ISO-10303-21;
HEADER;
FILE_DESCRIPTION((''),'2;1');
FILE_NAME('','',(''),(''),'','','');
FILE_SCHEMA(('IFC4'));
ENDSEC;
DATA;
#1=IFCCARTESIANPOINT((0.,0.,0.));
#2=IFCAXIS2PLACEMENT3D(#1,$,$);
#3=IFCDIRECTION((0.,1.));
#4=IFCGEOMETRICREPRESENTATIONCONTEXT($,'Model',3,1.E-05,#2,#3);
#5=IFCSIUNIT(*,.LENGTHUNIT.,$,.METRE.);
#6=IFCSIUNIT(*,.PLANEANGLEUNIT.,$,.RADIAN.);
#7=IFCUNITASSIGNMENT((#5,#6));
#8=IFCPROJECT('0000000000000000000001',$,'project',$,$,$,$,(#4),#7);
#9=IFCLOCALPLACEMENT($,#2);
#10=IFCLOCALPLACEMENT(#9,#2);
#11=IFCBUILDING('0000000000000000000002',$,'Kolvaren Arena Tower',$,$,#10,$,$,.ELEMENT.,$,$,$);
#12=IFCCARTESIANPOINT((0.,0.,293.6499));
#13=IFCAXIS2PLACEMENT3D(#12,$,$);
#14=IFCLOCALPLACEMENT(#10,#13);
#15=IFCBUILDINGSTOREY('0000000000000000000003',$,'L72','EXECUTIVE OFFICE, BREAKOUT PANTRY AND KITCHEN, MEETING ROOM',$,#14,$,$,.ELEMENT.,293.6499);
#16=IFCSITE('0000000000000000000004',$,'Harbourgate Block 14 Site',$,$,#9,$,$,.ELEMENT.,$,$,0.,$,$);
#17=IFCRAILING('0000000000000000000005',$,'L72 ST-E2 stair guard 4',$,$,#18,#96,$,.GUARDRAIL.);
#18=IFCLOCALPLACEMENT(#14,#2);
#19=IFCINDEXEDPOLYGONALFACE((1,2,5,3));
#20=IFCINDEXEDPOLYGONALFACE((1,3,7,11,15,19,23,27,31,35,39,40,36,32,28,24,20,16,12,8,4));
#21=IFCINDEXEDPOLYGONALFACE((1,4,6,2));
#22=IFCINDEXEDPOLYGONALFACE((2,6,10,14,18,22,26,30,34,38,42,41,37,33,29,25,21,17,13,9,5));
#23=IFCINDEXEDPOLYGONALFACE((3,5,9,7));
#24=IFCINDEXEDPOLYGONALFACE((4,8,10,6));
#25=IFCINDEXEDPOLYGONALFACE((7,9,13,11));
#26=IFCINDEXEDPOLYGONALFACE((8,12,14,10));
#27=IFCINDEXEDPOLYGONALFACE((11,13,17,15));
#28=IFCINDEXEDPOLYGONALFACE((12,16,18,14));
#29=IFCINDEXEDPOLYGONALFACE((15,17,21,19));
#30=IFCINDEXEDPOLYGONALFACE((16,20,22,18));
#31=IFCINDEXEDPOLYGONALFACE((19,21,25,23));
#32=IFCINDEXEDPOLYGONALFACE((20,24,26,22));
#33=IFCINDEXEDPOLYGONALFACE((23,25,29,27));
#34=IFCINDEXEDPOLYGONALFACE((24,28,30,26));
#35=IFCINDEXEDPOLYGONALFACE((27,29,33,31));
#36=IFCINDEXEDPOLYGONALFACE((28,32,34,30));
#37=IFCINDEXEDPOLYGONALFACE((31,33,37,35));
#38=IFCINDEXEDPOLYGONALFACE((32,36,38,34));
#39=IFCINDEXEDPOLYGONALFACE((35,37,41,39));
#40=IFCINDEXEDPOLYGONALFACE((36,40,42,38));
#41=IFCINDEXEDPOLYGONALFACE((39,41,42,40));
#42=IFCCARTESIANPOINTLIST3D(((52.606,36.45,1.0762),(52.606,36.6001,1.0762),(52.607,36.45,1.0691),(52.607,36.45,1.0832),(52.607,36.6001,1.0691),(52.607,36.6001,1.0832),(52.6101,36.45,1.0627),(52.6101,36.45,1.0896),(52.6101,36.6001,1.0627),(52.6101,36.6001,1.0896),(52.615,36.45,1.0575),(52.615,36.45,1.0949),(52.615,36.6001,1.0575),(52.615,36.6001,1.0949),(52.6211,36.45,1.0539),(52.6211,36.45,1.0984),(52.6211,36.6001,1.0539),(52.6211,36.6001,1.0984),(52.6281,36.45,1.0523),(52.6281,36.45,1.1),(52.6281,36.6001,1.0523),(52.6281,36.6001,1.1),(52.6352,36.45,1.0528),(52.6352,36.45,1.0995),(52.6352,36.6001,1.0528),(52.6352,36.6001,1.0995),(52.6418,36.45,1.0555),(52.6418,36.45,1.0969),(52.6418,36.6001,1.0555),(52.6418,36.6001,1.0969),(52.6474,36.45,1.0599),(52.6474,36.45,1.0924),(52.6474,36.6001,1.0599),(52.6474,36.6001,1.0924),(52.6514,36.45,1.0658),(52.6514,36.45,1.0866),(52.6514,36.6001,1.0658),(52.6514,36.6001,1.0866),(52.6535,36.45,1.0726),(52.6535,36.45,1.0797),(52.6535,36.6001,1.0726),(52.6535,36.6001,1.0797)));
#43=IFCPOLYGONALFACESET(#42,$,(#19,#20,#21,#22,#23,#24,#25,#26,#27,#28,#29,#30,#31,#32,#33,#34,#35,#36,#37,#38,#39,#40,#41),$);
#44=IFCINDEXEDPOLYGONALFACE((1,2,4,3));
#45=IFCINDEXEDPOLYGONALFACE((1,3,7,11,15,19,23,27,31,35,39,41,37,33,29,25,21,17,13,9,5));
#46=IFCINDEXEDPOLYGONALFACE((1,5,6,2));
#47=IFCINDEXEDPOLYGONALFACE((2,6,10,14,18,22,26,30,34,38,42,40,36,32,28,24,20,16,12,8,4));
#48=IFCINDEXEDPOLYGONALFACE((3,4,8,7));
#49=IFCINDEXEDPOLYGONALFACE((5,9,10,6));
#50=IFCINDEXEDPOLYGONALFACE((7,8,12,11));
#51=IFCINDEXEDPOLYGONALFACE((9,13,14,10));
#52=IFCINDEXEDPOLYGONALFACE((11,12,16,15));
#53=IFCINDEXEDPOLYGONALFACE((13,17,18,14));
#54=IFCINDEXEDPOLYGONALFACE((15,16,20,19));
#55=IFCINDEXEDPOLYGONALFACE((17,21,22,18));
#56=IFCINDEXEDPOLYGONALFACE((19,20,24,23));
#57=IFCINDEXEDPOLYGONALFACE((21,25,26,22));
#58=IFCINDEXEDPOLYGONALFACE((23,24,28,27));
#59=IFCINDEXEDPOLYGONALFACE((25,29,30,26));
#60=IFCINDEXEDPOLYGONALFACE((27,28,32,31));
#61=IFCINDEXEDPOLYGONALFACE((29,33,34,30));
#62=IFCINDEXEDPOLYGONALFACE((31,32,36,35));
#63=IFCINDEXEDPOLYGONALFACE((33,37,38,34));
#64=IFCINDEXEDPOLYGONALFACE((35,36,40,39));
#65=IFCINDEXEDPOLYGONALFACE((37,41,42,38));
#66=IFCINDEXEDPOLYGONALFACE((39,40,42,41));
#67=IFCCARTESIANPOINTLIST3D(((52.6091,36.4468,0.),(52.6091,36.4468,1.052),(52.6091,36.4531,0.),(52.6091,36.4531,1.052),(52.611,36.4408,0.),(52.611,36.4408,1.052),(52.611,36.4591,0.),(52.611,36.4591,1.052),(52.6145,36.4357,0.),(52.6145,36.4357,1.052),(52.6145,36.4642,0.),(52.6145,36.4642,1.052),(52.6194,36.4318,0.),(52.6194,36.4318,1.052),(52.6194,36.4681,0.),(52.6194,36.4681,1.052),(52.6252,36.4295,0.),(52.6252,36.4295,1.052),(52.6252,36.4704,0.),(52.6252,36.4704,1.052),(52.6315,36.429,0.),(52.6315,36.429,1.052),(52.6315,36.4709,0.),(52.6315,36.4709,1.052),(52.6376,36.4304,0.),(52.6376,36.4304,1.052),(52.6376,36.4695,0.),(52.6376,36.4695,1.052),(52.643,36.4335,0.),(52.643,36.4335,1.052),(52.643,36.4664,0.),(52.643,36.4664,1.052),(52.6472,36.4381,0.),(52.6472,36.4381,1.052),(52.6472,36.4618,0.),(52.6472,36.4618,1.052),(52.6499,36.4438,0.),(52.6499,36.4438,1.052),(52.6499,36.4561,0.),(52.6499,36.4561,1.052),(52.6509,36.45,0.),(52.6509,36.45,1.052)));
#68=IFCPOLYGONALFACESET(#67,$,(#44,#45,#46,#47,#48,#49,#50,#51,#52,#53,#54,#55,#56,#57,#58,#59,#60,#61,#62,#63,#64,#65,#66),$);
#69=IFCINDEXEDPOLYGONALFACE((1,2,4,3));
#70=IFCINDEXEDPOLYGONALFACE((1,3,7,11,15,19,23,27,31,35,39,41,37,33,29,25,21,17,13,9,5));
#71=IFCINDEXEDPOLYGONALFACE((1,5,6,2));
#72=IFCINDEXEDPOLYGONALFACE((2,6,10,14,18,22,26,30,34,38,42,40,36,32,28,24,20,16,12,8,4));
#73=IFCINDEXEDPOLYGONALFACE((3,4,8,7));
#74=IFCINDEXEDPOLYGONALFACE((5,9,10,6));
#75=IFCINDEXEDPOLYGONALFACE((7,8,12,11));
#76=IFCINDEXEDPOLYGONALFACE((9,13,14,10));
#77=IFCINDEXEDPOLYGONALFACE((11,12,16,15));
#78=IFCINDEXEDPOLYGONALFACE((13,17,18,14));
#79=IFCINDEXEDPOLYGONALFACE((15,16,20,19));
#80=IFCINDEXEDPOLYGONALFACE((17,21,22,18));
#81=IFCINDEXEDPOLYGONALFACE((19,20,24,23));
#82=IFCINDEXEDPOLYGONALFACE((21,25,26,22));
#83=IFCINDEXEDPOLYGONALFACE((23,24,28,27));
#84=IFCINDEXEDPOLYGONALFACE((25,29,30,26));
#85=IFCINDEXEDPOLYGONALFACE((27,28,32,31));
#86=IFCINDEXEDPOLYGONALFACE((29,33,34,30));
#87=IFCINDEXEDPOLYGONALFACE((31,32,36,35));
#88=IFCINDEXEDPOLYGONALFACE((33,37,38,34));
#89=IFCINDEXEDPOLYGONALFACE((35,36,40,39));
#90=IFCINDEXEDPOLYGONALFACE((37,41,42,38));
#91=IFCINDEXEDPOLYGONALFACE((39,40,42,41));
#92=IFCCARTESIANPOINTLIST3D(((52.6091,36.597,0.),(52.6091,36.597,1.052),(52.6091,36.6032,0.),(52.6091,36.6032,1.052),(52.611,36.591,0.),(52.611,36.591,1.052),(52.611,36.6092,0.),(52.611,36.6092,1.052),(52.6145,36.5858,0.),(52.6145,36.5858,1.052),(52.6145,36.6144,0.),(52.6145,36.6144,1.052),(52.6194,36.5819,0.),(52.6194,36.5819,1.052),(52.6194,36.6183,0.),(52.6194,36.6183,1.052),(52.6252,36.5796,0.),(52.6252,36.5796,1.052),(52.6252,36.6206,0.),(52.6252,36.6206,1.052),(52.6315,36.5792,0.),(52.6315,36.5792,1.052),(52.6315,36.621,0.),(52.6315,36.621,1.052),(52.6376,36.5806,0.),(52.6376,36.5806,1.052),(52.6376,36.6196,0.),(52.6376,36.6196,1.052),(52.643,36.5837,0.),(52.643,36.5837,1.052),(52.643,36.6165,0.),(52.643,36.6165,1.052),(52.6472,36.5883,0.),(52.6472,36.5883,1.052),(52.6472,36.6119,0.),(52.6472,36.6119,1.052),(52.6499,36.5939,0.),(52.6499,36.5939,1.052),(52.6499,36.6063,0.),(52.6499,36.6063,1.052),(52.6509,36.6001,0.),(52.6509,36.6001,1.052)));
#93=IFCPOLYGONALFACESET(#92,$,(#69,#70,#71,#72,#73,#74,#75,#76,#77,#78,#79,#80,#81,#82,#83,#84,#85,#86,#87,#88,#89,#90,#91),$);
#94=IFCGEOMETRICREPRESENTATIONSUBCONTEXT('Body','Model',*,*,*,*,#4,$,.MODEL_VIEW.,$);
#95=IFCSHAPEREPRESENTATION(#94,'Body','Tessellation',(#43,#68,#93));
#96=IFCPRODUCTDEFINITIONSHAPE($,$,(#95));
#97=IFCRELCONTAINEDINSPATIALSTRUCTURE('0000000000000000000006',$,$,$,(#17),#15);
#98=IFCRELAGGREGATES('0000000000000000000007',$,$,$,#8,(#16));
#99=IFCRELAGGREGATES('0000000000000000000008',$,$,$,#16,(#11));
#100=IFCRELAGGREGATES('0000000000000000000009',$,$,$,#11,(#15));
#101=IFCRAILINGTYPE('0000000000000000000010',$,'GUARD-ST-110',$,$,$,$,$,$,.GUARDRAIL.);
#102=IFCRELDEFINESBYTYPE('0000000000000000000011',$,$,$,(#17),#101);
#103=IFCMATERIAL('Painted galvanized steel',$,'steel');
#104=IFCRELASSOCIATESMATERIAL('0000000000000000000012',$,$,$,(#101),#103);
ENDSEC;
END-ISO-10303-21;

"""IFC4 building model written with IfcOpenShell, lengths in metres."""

from ifc_helpers import new_model, si_unit, direction, frame, origin, origin_2d, place, context, subcontext, project, spatial, circle, extrude, material, type_object, element, save


model = new_model("IFC4")

# Units and contexts
model_context = context("Model", 3, precision=1e-05, world=origin(), true_north=direction((0.0, 1.0)))
body_context = subcontext(model_context, "Body", "Model", "MODEL_VIEW")
ifc_project = project(units=[si_unit("LENGTHUNIT", "METRE"), si_unit("PLANEANGLEUNIT", "RADIAN")], contexts=[model_context])

# Site, building, storey
site_placement = place(None, origin())
site = spatial("IfcSite", under=ifc_project, at=site_placement, Name="Harbourgate Block 14 Site", CompositionType="ELEMENT", RefElevation=0.0)
building_placement = place(site_placement, origin())
building = spatial("IfcBuilding", under=site, at=building_placement, Name="Kolvaren Arena Tower", CompositionType="ELEMENT")
storey_placement = place(building_placement, frame((0.0, 0.0, 293.6499)))
storey = spatial("IfcBuildingStorey", under=building, at=storey_placement, Name="L72", Description="EXECUTIVE OFFICE, BREAKOUT PANTRY AND KITCHEN, MEETING ROOM", CompositionType="ELEMENT", Elevation=293.6499)

# Railing
ifc_material_1 = material(Name="Painted galvanized steel", Category="steel")
railing_type_1 = type_object("IfcRailingType", Name="GUARD-ST-110", PredefinedType="GUARDRAIL", material=ifc_material_1)
railing_1_placement = place(storey_placement, frame((52.6299, 36.45, 0.0)))
element("IfcRailing", 1, at=railing_1_placement, inside=storey, type_object=railing_type_1, Name="L72 ST-E2 stair guard 4", PredefinedType="GUARDRAIL", context=body_context, shape_type="SweptSolid", body=[
    extrude(circle(Radius=0.0239, at=origin_2d()), frame((0.0, 0.0, 1.0762), z_axis=(0.0, 1.0, 0.0), x_axis=(-1.0, 0.0, 0.0)), (0.0, 0.0, 1.0), 0.1501),
    extrude(circle(Radius=0.021, at=origin_2d()), origin(), (0.0, 0.0, 1.0), 1.052),
    extrude(circle(Radius=0.021, at=origin_2d()), frame((0.0, 0.1501, 0.0)), (0.0, 0.0, 1.0), 1.052),
])

save(model, "model.ifc")
